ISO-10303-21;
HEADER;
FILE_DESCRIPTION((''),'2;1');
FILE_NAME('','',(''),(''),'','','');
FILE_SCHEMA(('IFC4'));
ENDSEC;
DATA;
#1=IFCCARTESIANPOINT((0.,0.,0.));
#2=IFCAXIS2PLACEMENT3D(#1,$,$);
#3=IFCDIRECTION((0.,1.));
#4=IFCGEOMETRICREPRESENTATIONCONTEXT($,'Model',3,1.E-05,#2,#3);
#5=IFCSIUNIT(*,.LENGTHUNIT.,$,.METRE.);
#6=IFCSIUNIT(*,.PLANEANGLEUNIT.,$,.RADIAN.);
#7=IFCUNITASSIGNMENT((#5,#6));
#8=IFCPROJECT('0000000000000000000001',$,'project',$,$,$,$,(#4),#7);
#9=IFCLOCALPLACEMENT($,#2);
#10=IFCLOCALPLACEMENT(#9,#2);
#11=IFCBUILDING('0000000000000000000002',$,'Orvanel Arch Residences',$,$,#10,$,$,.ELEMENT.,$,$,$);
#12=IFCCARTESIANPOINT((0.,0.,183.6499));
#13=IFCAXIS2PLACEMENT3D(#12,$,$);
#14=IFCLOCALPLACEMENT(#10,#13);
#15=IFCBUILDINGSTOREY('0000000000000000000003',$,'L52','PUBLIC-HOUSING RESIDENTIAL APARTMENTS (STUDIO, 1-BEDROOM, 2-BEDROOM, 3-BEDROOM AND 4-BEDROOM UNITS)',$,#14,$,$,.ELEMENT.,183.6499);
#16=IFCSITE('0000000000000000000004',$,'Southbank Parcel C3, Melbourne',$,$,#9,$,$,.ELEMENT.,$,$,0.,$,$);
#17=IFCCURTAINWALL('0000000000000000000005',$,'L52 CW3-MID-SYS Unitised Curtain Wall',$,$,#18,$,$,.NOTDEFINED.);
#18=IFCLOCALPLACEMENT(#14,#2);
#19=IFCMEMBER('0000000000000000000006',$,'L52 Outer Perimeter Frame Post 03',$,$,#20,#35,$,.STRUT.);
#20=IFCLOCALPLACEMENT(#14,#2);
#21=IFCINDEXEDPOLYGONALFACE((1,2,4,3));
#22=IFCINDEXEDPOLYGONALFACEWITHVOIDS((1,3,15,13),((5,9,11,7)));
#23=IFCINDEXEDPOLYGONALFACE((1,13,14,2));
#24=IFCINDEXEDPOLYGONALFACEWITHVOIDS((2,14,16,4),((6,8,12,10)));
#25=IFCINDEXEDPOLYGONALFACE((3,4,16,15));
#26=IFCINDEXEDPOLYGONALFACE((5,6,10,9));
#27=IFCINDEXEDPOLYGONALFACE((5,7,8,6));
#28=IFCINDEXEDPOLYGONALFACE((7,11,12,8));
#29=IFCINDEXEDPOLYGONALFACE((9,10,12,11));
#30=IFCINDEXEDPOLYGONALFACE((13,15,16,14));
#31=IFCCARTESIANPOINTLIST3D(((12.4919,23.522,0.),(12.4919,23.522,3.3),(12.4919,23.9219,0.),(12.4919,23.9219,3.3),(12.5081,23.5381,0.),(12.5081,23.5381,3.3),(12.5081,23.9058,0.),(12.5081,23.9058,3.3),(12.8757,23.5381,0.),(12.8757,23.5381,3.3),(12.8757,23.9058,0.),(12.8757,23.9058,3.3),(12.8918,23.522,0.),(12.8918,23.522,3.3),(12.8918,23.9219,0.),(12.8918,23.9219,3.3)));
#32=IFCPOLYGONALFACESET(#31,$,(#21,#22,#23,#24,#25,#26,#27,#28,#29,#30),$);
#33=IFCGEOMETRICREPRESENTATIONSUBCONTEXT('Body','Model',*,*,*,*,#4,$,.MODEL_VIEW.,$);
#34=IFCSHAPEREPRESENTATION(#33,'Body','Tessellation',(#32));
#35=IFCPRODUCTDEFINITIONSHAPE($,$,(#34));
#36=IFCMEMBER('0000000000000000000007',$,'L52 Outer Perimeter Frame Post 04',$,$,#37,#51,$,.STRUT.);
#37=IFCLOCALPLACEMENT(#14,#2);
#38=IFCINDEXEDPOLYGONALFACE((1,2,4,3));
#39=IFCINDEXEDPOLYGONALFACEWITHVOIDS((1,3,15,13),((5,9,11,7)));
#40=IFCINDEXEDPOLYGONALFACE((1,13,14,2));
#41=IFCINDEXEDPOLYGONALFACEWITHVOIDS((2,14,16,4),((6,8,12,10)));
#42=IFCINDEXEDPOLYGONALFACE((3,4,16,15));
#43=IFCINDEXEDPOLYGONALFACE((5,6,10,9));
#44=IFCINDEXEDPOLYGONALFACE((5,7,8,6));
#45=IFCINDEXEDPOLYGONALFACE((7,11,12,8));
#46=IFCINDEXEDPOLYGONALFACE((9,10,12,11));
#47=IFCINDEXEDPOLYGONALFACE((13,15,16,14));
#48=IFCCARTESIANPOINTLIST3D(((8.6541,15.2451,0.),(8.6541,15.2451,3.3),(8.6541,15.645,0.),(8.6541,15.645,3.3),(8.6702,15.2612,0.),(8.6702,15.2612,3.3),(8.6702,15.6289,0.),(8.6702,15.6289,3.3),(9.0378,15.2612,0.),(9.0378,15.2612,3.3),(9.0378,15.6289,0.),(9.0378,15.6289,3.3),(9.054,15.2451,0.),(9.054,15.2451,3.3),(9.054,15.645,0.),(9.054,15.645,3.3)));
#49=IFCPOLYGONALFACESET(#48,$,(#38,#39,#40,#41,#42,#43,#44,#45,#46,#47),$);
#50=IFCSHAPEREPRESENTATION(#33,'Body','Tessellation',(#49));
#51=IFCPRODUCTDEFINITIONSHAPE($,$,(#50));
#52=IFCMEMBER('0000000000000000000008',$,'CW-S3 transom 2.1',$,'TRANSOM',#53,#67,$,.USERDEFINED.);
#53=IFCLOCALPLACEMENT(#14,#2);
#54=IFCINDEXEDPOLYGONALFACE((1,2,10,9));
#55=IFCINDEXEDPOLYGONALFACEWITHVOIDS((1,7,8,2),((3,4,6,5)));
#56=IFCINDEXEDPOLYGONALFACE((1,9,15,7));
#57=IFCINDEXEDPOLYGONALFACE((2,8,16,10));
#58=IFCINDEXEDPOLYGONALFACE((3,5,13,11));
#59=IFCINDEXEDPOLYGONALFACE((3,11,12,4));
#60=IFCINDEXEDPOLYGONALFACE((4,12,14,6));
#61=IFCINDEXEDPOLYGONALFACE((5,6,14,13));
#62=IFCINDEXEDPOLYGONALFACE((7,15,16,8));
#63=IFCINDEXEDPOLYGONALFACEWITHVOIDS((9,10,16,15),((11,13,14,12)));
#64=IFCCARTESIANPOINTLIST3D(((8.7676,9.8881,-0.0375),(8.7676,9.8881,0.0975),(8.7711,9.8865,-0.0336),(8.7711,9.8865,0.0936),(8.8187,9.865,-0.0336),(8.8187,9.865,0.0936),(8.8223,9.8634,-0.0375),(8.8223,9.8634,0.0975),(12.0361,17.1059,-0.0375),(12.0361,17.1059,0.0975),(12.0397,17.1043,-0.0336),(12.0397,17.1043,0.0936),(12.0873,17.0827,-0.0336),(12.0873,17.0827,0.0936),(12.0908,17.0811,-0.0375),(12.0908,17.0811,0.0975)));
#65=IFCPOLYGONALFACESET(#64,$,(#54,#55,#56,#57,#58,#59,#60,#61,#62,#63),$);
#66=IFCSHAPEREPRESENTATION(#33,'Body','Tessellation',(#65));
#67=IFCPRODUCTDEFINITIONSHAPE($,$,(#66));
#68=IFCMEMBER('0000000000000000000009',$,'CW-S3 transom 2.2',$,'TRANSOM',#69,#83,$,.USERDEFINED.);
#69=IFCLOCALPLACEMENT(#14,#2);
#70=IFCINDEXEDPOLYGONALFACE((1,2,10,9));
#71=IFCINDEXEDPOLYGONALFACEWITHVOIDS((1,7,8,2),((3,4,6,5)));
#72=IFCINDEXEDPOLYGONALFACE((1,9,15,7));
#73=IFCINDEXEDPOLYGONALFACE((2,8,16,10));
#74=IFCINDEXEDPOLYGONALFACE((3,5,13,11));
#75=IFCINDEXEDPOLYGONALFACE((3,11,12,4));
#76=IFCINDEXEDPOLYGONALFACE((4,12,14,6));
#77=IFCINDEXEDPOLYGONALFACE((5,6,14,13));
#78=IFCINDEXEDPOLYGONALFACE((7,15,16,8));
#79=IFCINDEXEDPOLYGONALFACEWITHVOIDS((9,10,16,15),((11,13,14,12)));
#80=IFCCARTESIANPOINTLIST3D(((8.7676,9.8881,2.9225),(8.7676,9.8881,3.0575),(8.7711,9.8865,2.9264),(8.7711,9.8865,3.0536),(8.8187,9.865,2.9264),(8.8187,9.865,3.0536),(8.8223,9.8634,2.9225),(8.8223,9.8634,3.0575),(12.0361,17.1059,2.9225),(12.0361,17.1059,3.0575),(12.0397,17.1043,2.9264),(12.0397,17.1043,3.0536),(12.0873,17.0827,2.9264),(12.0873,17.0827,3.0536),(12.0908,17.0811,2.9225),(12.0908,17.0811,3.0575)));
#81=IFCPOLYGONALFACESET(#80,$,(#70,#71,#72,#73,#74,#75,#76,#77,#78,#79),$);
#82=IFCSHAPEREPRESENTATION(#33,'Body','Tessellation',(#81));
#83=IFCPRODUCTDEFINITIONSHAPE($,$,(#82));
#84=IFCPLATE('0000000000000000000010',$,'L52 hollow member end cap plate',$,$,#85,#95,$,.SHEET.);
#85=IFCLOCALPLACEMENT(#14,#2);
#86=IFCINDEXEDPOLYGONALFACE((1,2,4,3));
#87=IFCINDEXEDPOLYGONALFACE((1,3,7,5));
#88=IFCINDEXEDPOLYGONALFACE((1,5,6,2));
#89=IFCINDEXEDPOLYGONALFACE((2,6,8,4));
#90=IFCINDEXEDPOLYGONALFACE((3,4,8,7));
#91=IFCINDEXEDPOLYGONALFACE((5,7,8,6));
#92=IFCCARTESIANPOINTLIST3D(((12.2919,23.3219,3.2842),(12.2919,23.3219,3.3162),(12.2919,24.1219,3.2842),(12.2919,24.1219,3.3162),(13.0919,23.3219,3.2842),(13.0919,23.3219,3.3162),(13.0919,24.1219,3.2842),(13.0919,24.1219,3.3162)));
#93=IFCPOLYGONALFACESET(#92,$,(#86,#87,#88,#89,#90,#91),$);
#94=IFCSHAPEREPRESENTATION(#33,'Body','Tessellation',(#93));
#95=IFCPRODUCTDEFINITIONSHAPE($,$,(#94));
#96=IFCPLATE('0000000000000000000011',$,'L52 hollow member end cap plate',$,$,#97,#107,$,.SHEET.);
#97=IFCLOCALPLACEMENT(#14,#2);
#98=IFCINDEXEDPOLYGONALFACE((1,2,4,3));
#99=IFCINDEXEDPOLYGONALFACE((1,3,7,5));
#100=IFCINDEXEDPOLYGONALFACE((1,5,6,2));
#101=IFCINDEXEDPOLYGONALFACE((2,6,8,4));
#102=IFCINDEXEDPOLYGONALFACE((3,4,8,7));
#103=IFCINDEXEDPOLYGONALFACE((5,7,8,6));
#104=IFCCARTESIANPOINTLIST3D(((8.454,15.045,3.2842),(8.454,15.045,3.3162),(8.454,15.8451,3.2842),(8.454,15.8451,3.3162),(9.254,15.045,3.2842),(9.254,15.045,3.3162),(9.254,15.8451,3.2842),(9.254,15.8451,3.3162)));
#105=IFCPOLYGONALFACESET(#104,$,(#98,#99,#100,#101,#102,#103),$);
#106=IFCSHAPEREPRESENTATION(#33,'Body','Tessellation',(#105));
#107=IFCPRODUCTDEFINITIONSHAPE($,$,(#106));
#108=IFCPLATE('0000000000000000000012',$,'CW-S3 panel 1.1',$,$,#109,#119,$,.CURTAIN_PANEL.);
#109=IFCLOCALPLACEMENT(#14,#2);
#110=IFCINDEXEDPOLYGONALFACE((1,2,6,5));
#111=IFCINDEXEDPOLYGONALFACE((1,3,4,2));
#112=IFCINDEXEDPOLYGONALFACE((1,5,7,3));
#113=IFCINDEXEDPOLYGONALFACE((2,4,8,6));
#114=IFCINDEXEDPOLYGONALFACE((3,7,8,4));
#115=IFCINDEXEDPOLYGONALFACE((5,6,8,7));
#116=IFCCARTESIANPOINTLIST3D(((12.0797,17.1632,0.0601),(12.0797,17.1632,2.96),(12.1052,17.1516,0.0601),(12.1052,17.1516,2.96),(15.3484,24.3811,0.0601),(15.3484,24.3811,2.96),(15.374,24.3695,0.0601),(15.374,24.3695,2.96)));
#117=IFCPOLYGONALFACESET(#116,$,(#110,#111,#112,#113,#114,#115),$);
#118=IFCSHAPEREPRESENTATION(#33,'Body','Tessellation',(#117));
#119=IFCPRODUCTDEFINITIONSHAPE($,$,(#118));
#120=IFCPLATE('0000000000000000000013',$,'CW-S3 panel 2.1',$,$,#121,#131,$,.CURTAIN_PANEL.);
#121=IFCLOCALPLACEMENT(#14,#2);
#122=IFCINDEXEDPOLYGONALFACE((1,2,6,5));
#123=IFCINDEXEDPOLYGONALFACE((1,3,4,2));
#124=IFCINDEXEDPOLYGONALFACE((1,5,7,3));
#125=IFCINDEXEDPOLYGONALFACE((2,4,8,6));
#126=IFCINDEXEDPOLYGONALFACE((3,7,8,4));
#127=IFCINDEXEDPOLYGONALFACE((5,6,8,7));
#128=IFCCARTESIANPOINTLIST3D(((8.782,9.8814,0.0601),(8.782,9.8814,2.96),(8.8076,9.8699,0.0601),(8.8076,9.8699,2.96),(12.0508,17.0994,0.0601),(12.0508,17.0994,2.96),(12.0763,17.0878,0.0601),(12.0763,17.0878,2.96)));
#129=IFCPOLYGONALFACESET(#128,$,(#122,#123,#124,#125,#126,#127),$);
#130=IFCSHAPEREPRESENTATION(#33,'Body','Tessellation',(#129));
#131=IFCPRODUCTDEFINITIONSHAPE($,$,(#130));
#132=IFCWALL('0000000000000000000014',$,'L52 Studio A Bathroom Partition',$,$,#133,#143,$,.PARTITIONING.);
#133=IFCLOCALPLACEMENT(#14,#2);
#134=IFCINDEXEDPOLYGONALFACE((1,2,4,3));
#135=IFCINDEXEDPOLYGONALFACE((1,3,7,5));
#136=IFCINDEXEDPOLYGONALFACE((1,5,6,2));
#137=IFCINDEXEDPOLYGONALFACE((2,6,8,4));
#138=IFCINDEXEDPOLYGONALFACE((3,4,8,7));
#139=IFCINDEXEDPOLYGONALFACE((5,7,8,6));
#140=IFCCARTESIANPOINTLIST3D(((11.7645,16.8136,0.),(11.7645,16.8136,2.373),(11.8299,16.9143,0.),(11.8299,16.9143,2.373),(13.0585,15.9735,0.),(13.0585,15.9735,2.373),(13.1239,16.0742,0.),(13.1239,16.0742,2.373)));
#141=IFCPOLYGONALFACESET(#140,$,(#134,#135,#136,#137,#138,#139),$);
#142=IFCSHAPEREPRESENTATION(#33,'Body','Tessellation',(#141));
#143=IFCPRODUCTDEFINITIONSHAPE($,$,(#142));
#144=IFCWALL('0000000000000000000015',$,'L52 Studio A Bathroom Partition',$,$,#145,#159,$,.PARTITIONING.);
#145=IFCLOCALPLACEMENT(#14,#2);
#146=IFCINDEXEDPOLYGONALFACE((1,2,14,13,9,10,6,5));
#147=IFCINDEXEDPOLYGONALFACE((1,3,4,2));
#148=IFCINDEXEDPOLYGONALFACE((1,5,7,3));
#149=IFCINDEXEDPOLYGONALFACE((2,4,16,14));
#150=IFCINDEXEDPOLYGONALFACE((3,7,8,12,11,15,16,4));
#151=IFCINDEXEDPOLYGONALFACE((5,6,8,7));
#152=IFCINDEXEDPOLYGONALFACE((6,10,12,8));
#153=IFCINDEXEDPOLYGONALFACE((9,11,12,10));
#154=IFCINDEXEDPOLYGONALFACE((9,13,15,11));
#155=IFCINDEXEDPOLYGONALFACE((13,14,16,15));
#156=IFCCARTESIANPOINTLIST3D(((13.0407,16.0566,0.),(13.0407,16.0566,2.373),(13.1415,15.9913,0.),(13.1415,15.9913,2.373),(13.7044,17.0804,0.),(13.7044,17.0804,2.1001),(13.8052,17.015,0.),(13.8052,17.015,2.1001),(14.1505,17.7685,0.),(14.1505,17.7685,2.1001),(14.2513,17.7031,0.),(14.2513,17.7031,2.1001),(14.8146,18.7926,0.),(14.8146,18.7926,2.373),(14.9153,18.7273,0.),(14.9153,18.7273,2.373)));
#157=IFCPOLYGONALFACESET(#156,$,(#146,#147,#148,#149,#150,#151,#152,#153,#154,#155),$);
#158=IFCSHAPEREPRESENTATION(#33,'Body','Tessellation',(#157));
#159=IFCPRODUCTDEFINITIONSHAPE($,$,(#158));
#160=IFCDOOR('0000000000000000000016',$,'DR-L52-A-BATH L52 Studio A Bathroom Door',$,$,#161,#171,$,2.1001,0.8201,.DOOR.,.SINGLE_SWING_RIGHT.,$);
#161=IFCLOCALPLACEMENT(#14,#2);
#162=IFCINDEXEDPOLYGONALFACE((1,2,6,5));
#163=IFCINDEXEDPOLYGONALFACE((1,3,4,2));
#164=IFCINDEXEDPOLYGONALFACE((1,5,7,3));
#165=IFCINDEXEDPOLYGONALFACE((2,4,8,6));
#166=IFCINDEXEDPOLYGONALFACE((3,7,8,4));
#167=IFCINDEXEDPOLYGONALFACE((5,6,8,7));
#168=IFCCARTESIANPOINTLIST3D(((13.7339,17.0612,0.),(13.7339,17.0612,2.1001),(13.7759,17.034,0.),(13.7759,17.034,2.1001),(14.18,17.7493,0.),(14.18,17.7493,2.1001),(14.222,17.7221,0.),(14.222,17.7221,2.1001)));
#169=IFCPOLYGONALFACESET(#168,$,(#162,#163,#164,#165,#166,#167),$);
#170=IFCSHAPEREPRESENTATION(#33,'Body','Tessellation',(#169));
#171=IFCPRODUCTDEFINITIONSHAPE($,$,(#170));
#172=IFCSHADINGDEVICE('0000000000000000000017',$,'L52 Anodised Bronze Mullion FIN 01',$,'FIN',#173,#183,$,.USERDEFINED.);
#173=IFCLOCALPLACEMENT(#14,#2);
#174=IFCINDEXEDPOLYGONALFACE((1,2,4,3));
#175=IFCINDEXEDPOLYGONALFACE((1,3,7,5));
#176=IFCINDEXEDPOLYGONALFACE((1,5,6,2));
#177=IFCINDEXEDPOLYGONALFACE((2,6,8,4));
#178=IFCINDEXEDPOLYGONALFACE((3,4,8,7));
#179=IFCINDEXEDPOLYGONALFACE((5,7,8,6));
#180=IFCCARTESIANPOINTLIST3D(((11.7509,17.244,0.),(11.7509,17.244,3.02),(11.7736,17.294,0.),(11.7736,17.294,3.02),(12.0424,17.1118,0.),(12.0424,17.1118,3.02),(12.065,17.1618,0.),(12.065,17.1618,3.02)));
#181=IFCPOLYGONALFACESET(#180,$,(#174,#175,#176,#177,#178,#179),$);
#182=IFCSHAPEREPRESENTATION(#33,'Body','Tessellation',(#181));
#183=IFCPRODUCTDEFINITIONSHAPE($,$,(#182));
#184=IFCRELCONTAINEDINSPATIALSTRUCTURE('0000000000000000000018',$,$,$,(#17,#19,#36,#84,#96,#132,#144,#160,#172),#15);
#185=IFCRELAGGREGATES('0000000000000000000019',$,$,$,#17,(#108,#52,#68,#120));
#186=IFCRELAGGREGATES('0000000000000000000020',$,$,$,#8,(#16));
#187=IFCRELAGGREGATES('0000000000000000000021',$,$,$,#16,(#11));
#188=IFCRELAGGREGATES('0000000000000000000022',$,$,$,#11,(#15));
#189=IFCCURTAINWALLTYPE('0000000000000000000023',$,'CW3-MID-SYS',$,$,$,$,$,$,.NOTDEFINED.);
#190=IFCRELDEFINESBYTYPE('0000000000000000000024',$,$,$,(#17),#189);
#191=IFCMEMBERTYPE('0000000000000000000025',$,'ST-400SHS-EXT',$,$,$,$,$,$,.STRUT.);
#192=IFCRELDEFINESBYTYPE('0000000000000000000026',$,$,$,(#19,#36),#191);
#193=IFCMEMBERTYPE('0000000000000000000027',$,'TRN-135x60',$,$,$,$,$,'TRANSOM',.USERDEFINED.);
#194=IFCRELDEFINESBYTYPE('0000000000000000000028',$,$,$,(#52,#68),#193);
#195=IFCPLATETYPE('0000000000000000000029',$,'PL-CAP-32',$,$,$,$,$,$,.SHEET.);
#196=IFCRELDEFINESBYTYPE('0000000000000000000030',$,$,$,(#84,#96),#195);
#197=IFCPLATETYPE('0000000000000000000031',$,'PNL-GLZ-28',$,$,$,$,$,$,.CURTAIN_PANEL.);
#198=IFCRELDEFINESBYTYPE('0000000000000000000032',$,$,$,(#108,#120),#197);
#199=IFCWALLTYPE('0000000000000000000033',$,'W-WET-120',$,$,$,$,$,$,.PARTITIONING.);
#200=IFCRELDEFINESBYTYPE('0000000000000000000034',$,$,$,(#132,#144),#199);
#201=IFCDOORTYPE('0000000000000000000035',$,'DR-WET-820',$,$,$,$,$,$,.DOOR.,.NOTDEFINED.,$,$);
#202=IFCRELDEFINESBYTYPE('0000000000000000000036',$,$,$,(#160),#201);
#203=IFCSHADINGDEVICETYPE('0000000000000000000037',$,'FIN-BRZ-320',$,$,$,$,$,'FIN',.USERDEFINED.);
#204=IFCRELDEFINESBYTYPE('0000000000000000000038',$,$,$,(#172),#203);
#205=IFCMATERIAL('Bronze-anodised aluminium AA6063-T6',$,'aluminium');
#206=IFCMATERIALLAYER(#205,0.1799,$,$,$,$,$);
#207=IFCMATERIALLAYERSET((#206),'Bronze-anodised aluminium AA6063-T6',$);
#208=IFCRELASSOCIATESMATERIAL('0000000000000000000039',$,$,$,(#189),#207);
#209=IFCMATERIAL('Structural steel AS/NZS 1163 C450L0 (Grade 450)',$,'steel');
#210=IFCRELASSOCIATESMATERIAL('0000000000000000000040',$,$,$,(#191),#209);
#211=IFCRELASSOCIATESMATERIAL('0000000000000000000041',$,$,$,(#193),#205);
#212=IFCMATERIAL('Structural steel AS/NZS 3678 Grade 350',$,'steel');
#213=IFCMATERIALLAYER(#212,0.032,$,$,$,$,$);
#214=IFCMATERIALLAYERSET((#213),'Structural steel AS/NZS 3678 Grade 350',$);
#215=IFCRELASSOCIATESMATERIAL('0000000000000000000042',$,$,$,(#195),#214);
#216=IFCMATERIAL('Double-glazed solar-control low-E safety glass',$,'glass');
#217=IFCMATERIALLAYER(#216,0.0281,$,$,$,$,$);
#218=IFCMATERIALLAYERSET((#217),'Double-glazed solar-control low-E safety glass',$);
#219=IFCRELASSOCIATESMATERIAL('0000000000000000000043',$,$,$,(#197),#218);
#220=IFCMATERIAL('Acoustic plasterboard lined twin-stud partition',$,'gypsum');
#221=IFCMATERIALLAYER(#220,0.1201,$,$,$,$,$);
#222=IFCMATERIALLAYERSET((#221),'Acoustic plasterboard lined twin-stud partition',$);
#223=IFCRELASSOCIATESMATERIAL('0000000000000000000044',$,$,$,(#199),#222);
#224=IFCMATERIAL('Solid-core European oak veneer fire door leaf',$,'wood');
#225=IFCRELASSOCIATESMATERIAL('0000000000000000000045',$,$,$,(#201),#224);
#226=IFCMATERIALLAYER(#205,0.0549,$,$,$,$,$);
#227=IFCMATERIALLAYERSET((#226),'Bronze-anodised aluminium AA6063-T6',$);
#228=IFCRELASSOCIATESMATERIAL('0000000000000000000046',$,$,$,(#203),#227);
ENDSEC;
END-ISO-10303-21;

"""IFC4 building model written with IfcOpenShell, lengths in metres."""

from ifc_helpers import new_model, si_unit, direction, frame, frame_2d, origin, origin_2d, place, context, subcontext, project, spatial, rectangle, hollow_rectangle, extrude, material, layer, layer_set, material_profile, profile_set, type_object, element, fill, aggregate, save


model = new_model("IFC4")

# Units and contexts
model_context = context("Model", 3, precision=1e-05, world=origin(), true_north=direction((0.0, 1.0)))
body_context = subcontext(model_context, "Body", "Model", "MODEL_VIEW")
ifc_project = project(units=[si_unit("LENGTHUNIT", "METRE"), si_unit("PLANEANGLEUNIT", "RADIAN")], contexts=[model_context])

# Site, building, storey
site_placement = place(None, origin())
site = spatial("IfcSite", under=ifc_project, at=site_placement, Name="Southbank Parcel C3, Melbourne", CompositionType="ELEMENT", RefElevation=0.0)
building_placement = place(site_placement, origin())
building = spatial("IfcBuilding", under=site, at=building_placement, Name="Orvanel Arch Residences", CompositionType="ELEMENT")
storey_placement = place(building_placement, frame((0.0, 0.0, 183.6499)))
storey = spatial("IfcBuildingStorey", under=building, at=storey_placement, Name="L52", Description="PUBLIC-HOUSING RESIDENTIAL APARTMENTS (STUDIO, 1-BEDROOM, 2-BEDROOM, 3-BEDROOM AND 4-BEDROOM UNITS)", CompositionType="ELEMENT", Elevation=183.6499)

# Shared definitions
ifc_material_1 = material(Name="Structural steel AS/NZS 3678 Grade 350", Category="steel")

# Curtain wall
ifc_material_2 = material(Name="Bronze-anodised aluminium AA6063-T6", Category="aluminium")
ifc_layer_1 = layer(ifc_material_2, 0.1799)
ifc_layer_set_1 = layer_set([ifc_layer_1], Name="Bronze-anodised aluminium AA6063-T6")
curtain_wall_type = type_object("IfcCurtainWallType", Name="CW3-MID-SYS", PredefinedType="NOTDEFINED", material=ifc_layer_set_1)
curtain_wall_placement = place(storey_placement, origin())
curtain_wall = element("IfcCurtainWall", 1, at=curtain_wall_placement, inside=storey, type_object=curtain_wall_type, Name="L52 CW3-MID-SYS Unitised Curtain Wall", PredefinedType="NOTDEFINED")

# Members
ifc_material_3 = material(Name="Structural steel AS/NZS 1163 C450L0 (Grade 450)", Category="steel")
ifc_material_profile_1 = material_profile(ifc_material_3, hollow_rectangle(XDim=0.3999, YDim=0.3999, WallThickness=0.0161, at=origin_2d()), Name="SHS400x400x16")
ifc_profile_set_1 = profile_set([ifc_material_profile_1], Name="Structural steel AS/NZS 1163 C450L0 (Grade 450)")
member_type_1 = type_object("IfcMemberType", Name="ST-400SHS-EXT", PredefinedType="STRUT", material=ifc_profile_set_1)
for number, where, z_axis, x_axis, name in (
    (2, (12.6919, 23.7219, 0.0), (0.0, 0.0, 1.0), (1.0, 0.0, 0.0), "L52 Outer Perimeter Frame Post 03"),
    (3, (8.854, 15.4451, 0.0), (0.0, 0.0, 1.0), (1.0, 0.0, 0.0), "L52 Outer Perimeter Frame Post 04"),
):
    element("IfcMember", number, at=place(storey_placement, frame(where, z_axis=z_axis, x_axis=x_axis)), inside=storey, type_object=member_type_1, Name=name, PredefinedType="STRUT", context=body_context, shape_type="SweptSolid", body=[
        extrude(hollow_rectangle(XDim=0.3999, YDim=0.3999, WallThickness=0.0161, at=origin_2d()), origin(), (0.0, 0.0, 1.0), 3.3),
    ])

# Members
ifc_material_profile_2 = material_profile(ifc_material_2, hollow_rectangle(XDim=0.0601, YDim=0.135, WallThickness=0.0039, at=origin_2d()), Name="ALU135x60x4")
ifc_profile_set_2 = profile_set([ifc_material_profile_2], Name="Bronze-anodised aluminium AA6063-T6")
member_type_2 = type_object("IfcMemberType", Name="TRN-135x60", ElementType="TRANSOM", PredefinedType="USERDEFINED", material=ifc_profile_set_2)
member_1_placement = place(storey_placement, frame((12.0635, 17.0935, 0.03), z_axis=(-0.412521, -0.910948, 0.0), x_axis=(0.910948, -0.412521, 0.0)))
member_1 = element("IfcMember", 4, at=member_1_placement, type_object=member_type_2, Name="CW-S3 transom 2.1", ObjectType="TRANSOM", PredefinedType="USERDEFINED", context=body_context, shape_type="SweptSolid", body=[
    extrude(hollow_rectangle(XDim=0.0601, YDim=0.135, WallThickness=0.0039, at=origin_2d()), origin(), (0.0, 0.0, 1.0), 7.9233),
])
member_2_placement = place(storey_placement, frame((12.0635, 17.0935, 2.99), z_axis=(-0.412521, -0.910948, 0.0), x_axis=(0.910948, -0.412521, 0.0)))
member_2 = element("IfcMember", 5, at=member_2_placement, type_object=member_type_2, Name="CW-S3 transom 2.2", ObjectType="TRANSOM", PredefinedType="USERDEFINED", context=body_context, shape_type="SweptSolid", body=[
    extrude(hollow_rectangle(XDim=0.0601, YDim=0.135, WallThickness=0.0039, at=origin_2d()), origin(), (0.0, 0.0, 1.0), 7.9233),
])

# Plates
ifc_layer_2 = layer(ifc_material_1, 0.032)
ifc_layer_set_2 = layer_set([ifc_layer_2], Name="Structural steel AS/NZS 3678 Grade 350")
plate_type_1 = type_object("IfcPlateType", Name="PL-CAP-32", PredefinedType="SHEET", material=ifc_layer_set_2)
for number, where, z_axis, x_axis, name in (
    (6, (12.6919, 23.7219, 3.2842), (0.0, 0.0, 1.0), (1.0, 0.0, 0.0), "L52 hollow member end cap plate"),
    (7, (8.854, 15.4451, 3.2842), (0.0, 0.0, 1.0), (1.0, 0.0, 0.0), "L52 hollow member end cap plate"),
):
    element("IfcPlate", number, at=place(storey_placement, frame(where, z_axis=z_axis, x_axis=x_axis)), inside=storey, type_object=plate_type_1, Name=name, PredefinedType="SHEET", context=body_context, shape_type="SweptSolid", body=[
        extrude(rectangle(XDim=0.8, YDim=0.8, at=origin_2d()), origin(), (0.0, 0.0, 1.0), 0.032),
    ])

# Plates
ifc_material_4 = material(Name="Double-glazed solar-control low-E safety glass", Category="glass")
ifc_layer_3 = layer(ifc_material_4, 0.0281)
ifc_layer_set_3 = layer_set([ifc_layer_3], Name="Double-glazed solar-control low-E safety glass")
plate_type_2 = type_object("IfcPlateType", Name="PNL-GLZ-28", PredefinedType="CURTAIN_PANEL", material=ifc_layer_set_3)
plate_1_placement = place(storey_placement, frame((13.7268, 20.7664, 0.0601), z_axis=(0.0, 0.0, 1.0), x_axis=(-0.412531, -0.910944, 0.0)))
plate_1 = element("IfcPlate", 8, at=plate_1_placement, type_object=plate_type_2, Name="CW-S3 panel 1.1", PredefinedType="CURTAIN_PANEL", context=body_context, shape_type="SweptSolid", body=[
    extrude(rectangle(XDim=7.9236, YDim=0.0281, at=origin_2d()), origin(), (0.0, 0.0, 1.0), 2.8999),
])
plate_2_placement = place(storey_placement, frame((10.4292, 13.4846, 0.0601), z_axis=(0.0, 0.0, 1.0), x_axis=(-0.412531, -0.910944, 0.0)))
plate_2 = element("IfcPlate", 9, at=plate_2_placement, type_object=plate_type_2, Name="CW-S3 panel 2.1", PredefinedType="CURTAIN_PANEL", context=body_context, shape_type="SweptSolid", body=[
    extrude(rectangle(XDim=7.9236, YDim=0.0281, at=origin_2d()), origin(), (0.0, 0.0, 1.0), 2.8999),
])
aggregate(curtain_wall, [plate_1, member_1, member_2, plate_2])

# Wall
ifc_material_5 = material(Name="Acoustic plasterboard lined twin-stud partition", Category="gypsum")
ifc_layer_4 = layer(ifc_material_5, 0.1201)
ifc_layer_set_4 = layer_set([ifc_layer_4], Name="Acoustic plasterboard lined twin-stud partition")
wall_type = type_object("IfcWallType", Name="W-WET-120", PredefinedType="PARTITIONING", material=ifc_layer_set_4)
wall_1_placement = place(storey_placement, frame((11.7971, 16.864, 0.0), z_axis=(0.0, 0.0, 1.0), x_axis=(0.838733, -0.544543, 0.0)))
element("IfcWall", 10, at=wall_1_placement, inside=storey, type_object=wall_type, Name="L52 Studio A Bathroom Partition", PredefinedType="PARTITIONING", context=body_context, shape_type="SweptSolid", body=[
    extrude(rectangle(XDim=1.5427, YDim=0.1201, at=frame_2d((0.7715, 0.0))), origin(), (0.0, 0.0, 1.0), 2.373),
])

# Wall, opening, door
wall_2_placement = place(storey_placement, frame((13.0911, 16.0239, 0.0), z_axis=(0.0, 0.0, 1.0), x_axis=(0.544012, 0.839078, 0.0)))
wall_2 = element("IfcWall", 11, at=wall_2_placement, inside=storey, type_object=wall_type, Name="L52 Studio A Bathroom Partition", PredefinedType="PARTITIONING", context=body_context, shape_type="SweptSolid", body=[
    extrude(rectangle(XDim=3.2607, YDim=0.1201, at=frame_2d((1.6304, 0.0))), origin(), (0.0, 0.0, 1.0), 2.373),
])
opening_placement = place(wall_2_placement, frame((1.22, 0.0, 0.0)))
opening = element("IfcOpeningElement", 12, at=opening_placement, cuts=wall_2, PredefinedType="OPENING", context=body_context, shape_type="SweptSolid", body=[
    extrude(rectangle(XDim=0.8201, YDim=2.1001, at=frame_2d((0.4102, 1.05))), frame((0.0, 0.0701, 0.0), z_axis=(0.0, -1.0, 0.0), x_axis=(1.0, 0.0, 0.0)), (0.0, 0.0, 1.0), 0.1401),
])
ifc_material_6 = material(Name="Solid-core European oak veneer fire door leaf", Category="wood")
door_type = type_object("IfcDoorType", Name="DR-WET-820", OperationType="NOTDEFINED", PredefinedType="DOOR", material=ifc_material_6)
door_placement = place(opening_placement, origin())
door = element("IfcDoor", 13, at=door_placement, inside=storey, type_object=door_type, Name="DR-L52-A-BATH L52 Studio A Bathroom Door", OperationType="SINGLE_SWING_RIGHT", OverallHeight=2.1001, OverallWidth=0.8201, PredefinedType="DOOR", context=body_context, shape_type="SweptSolid", body=[
    extrude(rectangle(XDim=0.8201, YDim=2.1001, at=frame_2d((0.4102, 1.05))), frame((0.0, 0.0249, 0.0), z_axis=(0.0, -1.0, 0.0), x_axis=(1.0, 0.0, 0.0)), (0.0, 0.0, 1.0), 0.05),
])
fill(opening, door)

# Shading device
ifc_layer_5 = layer(ifc_material_2, 0.0549)
ifc_layer_set_5 = layer_set([ifc_layer_5], Name="Bronze-anodised aluminium AA6063-T6")
shading_device_type = type_object("IfcShadingDeviceType", Name="FIN-BRZ-320", ElementType="FIN", PredefinedType="USERDEFINED", material=ifc_layer_set_5)
shading_device_placement = place(storey_placement, frame((11.908, 17.2029, 0.0), z_axis=(0.0, 0.0, 1.0), x_axis=(-0.910684, 0.413104, 0.0)))
element("IfcShadingDevice", 14, at=shading_device_placement, inside=storey, type_object=shading_device_type, Name="L52 Anodised Bronze Mullion FIN 01", ObjectType="FIN", PredefinedType="USERDEFINED", context=body_context, shape_type="SweptSolid", body=[
    extrude(rectangle(XDim=0.3201, YDim=0.0549, at=origin_2d()), origin(), (0.0, 0.0, 1.0), 3.02),
])

save(model, "model.ifc")
